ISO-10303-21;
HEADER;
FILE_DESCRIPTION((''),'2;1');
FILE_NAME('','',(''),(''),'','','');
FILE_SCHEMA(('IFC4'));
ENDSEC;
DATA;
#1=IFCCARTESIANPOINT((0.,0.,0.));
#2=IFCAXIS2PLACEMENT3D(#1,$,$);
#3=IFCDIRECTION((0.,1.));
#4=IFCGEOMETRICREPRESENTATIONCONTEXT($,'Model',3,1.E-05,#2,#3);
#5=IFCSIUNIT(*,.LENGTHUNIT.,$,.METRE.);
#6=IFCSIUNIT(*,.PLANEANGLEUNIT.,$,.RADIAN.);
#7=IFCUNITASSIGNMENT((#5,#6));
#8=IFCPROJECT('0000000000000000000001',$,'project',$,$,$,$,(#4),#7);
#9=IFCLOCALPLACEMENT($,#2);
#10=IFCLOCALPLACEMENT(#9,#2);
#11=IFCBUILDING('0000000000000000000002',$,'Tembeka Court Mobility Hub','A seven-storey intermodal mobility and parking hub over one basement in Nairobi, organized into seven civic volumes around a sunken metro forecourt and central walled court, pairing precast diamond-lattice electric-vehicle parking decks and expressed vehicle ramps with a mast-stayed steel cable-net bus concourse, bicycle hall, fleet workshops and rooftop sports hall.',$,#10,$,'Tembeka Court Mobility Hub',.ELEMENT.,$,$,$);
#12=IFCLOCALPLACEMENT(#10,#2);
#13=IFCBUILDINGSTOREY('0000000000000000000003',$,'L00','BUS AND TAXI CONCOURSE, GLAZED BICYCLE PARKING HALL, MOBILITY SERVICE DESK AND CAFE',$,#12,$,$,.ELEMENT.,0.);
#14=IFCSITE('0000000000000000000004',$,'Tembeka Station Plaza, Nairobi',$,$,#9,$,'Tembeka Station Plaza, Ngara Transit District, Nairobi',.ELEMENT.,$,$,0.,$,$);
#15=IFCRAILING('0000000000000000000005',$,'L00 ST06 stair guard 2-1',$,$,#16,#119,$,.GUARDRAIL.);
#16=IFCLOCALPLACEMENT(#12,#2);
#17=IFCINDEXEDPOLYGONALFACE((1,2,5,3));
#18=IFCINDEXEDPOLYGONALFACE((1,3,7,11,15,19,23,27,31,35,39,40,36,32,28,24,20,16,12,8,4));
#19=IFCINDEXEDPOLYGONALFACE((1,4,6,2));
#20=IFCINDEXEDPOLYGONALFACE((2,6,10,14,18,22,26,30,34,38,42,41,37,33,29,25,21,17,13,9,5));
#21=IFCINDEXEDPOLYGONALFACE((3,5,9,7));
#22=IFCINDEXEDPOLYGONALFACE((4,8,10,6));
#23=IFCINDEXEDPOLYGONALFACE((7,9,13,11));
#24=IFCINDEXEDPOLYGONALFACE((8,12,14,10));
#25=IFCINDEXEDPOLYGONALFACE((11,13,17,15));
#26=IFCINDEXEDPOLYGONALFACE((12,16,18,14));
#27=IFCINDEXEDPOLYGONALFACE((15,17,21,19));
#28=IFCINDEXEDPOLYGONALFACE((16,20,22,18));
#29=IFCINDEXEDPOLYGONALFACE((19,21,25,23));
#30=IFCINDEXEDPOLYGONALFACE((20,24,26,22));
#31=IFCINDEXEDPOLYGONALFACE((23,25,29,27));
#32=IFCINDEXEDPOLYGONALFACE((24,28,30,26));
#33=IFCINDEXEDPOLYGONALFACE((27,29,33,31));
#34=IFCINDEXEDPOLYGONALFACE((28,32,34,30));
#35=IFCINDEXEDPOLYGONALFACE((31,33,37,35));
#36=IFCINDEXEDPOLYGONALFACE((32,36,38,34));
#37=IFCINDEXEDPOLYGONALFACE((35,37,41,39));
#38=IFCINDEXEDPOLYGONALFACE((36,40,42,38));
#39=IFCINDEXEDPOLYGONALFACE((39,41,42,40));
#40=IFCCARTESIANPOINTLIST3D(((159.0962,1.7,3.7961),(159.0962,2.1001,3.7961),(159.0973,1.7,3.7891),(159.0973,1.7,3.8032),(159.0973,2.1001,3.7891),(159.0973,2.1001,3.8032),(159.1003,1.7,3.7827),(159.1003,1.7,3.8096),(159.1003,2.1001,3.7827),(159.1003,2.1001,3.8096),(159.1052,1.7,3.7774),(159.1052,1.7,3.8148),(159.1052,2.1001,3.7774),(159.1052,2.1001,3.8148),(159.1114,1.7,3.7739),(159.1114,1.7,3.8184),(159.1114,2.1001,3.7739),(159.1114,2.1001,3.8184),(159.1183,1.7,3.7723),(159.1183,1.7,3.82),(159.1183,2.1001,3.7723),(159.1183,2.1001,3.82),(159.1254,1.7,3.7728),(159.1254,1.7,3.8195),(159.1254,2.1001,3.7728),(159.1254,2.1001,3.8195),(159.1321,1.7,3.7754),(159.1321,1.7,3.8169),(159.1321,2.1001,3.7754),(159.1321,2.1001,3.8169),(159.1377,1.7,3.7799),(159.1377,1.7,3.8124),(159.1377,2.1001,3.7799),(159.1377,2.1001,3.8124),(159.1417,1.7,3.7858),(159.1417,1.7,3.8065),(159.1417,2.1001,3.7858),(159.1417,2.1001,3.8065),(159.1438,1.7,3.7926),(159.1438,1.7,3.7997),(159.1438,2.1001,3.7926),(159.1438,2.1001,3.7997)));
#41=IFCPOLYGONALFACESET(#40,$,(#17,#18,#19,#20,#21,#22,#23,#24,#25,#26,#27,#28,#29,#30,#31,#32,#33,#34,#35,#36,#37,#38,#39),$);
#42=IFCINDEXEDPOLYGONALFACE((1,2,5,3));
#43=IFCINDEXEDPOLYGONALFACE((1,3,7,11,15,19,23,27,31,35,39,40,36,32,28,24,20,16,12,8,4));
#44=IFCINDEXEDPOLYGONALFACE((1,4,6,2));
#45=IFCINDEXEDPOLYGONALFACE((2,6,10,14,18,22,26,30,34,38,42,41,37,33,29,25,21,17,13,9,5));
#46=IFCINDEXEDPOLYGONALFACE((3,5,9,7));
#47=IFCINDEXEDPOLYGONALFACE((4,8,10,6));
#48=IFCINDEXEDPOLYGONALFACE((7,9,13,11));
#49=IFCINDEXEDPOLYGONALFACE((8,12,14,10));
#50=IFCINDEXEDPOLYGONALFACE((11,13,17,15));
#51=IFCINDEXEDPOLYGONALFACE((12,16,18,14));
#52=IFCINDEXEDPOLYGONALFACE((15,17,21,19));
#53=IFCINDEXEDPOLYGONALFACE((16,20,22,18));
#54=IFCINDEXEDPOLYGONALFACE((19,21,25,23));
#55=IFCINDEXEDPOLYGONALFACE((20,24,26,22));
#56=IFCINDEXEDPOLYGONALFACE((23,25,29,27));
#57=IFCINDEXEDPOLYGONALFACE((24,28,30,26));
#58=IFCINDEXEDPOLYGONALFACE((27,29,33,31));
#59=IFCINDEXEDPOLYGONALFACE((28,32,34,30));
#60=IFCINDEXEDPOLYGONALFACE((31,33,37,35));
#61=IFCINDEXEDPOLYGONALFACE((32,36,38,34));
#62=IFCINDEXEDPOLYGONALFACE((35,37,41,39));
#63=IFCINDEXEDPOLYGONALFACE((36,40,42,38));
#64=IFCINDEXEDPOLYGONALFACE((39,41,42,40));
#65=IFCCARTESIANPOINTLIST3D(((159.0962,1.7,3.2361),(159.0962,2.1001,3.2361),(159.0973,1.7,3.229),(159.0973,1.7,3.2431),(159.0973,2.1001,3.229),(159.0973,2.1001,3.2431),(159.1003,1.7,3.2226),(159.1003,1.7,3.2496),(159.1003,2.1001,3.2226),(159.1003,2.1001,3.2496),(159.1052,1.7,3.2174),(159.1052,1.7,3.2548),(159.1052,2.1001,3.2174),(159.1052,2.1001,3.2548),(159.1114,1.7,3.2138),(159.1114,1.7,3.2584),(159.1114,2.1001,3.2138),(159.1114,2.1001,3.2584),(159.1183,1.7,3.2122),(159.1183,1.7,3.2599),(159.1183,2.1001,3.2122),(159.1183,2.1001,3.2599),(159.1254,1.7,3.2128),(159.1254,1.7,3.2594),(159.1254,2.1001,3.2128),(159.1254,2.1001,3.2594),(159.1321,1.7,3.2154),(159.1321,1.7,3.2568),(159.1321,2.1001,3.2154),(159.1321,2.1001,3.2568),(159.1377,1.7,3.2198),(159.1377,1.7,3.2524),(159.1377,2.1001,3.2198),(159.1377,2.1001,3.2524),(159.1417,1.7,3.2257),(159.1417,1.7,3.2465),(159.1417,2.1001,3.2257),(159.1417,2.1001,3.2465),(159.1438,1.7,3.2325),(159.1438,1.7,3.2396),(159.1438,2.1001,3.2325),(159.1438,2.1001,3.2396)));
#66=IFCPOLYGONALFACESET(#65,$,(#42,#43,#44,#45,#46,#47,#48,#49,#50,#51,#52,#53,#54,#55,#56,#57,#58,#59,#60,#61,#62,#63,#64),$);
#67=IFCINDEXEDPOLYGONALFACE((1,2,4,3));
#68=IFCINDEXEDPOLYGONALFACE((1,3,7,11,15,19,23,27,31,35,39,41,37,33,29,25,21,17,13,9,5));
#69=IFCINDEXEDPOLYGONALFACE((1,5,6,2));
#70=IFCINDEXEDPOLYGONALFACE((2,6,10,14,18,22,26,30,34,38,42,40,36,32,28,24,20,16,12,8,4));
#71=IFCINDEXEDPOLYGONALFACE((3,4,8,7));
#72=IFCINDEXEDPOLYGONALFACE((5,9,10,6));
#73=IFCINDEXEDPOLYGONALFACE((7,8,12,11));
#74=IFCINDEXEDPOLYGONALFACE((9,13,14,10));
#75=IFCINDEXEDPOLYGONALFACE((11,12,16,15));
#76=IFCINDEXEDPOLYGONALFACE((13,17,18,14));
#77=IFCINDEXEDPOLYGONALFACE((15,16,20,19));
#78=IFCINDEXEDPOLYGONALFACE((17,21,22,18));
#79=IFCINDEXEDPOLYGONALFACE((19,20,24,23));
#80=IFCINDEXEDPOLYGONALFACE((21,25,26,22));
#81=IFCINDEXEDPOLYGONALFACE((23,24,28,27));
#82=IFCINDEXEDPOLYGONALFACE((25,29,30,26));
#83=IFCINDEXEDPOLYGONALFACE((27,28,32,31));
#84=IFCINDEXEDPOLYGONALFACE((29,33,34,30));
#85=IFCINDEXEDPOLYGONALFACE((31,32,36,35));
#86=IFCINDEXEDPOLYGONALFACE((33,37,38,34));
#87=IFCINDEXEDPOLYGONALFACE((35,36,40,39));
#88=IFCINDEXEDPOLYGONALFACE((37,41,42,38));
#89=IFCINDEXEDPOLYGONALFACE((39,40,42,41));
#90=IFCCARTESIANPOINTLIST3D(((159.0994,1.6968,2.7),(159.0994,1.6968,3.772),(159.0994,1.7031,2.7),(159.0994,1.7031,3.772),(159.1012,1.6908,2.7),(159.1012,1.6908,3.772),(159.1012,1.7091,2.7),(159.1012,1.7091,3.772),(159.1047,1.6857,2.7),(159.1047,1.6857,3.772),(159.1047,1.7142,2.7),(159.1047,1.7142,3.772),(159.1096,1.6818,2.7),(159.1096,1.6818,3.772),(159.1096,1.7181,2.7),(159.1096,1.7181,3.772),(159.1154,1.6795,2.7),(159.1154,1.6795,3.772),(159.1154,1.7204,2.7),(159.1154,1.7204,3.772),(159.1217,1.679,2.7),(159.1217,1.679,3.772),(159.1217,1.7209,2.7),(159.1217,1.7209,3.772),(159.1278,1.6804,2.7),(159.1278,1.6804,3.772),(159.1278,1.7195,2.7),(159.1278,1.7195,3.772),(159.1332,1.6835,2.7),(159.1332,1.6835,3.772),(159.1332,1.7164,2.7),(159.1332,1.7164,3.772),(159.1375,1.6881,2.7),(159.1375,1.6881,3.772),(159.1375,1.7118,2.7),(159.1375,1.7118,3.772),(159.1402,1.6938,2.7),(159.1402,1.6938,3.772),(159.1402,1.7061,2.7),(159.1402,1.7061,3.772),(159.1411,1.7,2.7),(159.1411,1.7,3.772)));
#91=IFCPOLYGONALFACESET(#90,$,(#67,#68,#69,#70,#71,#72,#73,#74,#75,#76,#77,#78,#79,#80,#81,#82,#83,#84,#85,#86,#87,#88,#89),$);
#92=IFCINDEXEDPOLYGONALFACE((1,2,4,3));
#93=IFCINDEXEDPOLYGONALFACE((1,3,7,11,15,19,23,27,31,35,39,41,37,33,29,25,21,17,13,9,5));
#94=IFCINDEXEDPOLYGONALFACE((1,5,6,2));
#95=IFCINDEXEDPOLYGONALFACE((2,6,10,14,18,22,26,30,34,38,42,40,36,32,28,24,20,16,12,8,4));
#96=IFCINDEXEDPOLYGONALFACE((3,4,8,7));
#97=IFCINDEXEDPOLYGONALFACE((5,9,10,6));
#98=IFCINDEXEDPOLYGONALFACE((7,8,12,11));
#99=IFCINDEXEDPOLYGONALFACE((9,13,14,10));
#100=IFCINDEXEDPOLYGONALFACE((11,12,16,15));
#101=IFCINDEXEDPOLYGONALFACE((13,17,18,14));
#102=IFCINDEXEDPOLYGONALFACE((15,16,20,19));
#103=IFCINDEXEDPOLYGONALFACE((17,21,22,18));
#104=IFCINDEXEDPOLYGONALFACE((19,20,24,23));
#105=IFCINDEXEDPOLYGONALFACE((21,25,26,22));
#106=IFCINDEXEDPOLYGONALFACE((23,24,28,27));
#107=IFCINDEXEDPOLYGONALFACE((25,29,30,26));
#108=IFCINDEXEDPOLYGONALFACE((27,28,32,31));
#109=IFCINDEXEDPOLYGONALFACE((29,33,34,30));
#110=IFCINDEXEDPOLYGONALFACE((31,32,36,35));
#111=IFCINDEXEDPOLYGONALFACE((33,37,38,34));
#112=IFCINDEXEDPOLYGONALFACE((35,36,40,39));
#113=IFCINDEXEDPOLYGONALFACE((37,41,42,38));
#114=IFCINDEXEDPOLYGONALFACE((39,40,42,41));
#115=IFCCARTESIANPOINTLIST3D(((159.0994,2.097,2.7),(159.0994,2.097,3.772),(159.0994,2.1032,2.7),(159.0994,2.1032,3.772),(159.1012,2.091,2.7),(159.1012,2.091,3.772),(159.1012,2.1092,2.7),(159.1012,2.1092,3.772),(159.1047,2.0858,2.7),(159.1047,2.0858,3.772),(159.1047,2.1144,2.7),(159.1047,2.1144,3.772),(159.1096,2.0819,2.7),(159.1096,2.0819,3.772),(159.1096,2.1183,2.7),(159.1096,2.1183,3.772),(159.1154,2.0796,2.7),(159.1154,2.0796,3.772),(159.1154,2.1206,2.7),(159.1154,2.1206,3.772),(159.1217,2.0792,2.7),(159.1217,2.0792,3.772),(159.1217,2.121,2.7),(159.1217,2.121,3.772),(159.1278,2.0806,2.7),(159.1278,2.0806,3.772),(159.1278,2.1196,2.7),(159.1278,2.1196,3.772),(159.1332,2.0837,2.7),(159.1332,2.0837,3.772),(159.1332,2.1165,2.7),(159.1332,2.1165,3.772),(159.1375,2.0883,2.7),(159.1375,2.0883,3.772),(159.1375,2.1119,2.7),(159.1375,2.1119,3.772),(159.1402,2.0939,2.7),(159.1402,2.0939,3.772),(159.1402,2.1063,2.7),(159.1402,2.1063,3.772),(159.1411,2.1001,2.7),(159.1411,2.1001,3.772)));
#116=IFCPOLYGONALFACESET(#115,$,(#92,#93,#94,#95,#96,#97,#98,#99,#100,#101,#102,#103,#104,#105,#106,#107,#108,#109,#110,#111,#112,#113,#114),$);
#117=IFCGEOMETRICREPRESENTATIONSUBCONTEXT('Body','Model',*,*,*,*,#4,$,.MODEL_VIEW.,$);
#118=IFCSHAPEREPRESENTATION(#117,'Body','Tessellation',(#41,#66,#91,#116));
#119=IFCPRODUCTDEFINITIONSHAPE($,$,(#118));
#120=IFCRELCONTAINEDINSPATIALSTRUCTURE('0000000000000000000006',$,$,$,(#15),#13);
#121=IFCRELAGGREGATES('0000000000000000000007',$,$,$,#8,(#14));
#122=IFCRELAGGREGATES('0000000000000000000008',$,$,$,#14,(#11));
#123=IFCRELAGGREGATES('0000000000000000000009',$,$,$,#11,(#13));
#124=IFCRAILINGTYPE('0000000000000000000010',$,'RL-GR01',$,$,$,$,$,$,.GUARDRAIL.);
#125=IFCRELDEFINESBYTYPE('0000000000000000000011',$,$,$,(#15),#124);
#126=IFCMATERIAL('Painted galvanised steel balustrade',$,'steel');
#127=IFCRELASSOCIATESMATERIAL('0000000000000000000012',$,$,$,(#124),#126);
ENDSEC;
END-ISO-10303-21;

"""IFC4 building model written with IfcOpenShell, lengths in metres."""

from ifc_helpers import new_model, si_unit, direction, frame, origin, origin_2d, place, context, subcontext, project, spatial, circle, extrude, material, type_object, element, save


model = new_model("IFC4")

# Units and contexts
model_context = context("Model", 3, precision=1e-05, world=origin(), true_north=direction((0.0, 1.0)))
body_context = subcontext(model_context, "Body", "Model", "MODEL_VIEW")
ifc_project = project(units=[si_unit("LENGTHUNIT", "METRE"), si_unit("PLANEANGLEUNIT", "RADIAN")], contexts=[model_context])

# Site, building, storey
site_placement = place(None, origin())
site = spatial("IfcSite", under=ifc_project, at=site_placement, Name="Tembeka Station Plaza, Nairobi", LongName="Tembeka Station Plaza, Ngara Transit District, Nairobi", CompositionType="ELEMENT", RefElevation=0.0)
building_placement = place(site_placement, origin())
building = spatial("IfcBuilding", under=site, at=building_placement, Name="Tembeka Court Mobility Hub", Description="A seven-storey intermodal mobility and parking hub over one basement in Nairobi, organized into seven civic volumes around a sunken metro forecourt and central walled court, pairing precast diamond-lattice electric-vehicle parking decks and expressed vehicle ramps with a mast-stayed steel cable-net bus concourse, bicycle hall, fleet workshops and rooftop sports hall.", LongName="Tembeka Court Mobility Hub", CompositionType="ELEMENT")
storey_placement = place(building_placement, origin())
storey = spatial("IfcBuildingStorey", under=building, at=storey_placement, Name="L00", Description="BUS AND TAXI CONCOURSE, GLAZED BICYCLE PARKING HALL, MOBILITY SERVICE DESK AND CAFE", CompositionType="ELEMENT", Elevation=0.0)

# Railing
ifc_material_1 = material(Name="Painted galvanised steel balustrade", Category="steel")
railing_type = type_object("IfcRailingType", Name="RL-GR01", PredefinedType="GUARDRAIL", material=ifc_material_1)
railing_placement = place(storey_placement, frame((159.1201, 1.7, 2.7)))
element("IfcRailing", 1, at=railing_placement, inside=storey, type_object=railing_type, Name="L00 ST06 stair guard 2-1", PredefinedType="GUARDRAIL", context=body_context, shape_type="SweptSolid", body=[
    extrude(circle(Radius=0.0239, at=origin_2d()), frame((0.0, 0.0, 1.0962), z_axis=(0.0, 1.0, 0.0), x_axis=(-1.0, 0.0, 0.0)), (0.0, 0.0, 1.0), 0.4001),
    extrude(circle(Radius=0.0239, at=origin_2d()), frame((0.0, 0.0, 0.5361), z_axis=(0.0, 1.0, 0.0), x_axis=(-1.0, 0.0, 0.0)), (0.0, 0.0, 1.0), 0.4001),
    extrude(circle(Radius=0.021, at=origin_2d()), origin(), (0.0, 0.0, 1.0), 1.072),
    extrude(circle(Radius=0.021, at=origin_2d()), frame((0.0, 0.4001, 0.0)), (0.0, 0.0, 1.0), 1.072),
])

save(model, "model.ifc")
